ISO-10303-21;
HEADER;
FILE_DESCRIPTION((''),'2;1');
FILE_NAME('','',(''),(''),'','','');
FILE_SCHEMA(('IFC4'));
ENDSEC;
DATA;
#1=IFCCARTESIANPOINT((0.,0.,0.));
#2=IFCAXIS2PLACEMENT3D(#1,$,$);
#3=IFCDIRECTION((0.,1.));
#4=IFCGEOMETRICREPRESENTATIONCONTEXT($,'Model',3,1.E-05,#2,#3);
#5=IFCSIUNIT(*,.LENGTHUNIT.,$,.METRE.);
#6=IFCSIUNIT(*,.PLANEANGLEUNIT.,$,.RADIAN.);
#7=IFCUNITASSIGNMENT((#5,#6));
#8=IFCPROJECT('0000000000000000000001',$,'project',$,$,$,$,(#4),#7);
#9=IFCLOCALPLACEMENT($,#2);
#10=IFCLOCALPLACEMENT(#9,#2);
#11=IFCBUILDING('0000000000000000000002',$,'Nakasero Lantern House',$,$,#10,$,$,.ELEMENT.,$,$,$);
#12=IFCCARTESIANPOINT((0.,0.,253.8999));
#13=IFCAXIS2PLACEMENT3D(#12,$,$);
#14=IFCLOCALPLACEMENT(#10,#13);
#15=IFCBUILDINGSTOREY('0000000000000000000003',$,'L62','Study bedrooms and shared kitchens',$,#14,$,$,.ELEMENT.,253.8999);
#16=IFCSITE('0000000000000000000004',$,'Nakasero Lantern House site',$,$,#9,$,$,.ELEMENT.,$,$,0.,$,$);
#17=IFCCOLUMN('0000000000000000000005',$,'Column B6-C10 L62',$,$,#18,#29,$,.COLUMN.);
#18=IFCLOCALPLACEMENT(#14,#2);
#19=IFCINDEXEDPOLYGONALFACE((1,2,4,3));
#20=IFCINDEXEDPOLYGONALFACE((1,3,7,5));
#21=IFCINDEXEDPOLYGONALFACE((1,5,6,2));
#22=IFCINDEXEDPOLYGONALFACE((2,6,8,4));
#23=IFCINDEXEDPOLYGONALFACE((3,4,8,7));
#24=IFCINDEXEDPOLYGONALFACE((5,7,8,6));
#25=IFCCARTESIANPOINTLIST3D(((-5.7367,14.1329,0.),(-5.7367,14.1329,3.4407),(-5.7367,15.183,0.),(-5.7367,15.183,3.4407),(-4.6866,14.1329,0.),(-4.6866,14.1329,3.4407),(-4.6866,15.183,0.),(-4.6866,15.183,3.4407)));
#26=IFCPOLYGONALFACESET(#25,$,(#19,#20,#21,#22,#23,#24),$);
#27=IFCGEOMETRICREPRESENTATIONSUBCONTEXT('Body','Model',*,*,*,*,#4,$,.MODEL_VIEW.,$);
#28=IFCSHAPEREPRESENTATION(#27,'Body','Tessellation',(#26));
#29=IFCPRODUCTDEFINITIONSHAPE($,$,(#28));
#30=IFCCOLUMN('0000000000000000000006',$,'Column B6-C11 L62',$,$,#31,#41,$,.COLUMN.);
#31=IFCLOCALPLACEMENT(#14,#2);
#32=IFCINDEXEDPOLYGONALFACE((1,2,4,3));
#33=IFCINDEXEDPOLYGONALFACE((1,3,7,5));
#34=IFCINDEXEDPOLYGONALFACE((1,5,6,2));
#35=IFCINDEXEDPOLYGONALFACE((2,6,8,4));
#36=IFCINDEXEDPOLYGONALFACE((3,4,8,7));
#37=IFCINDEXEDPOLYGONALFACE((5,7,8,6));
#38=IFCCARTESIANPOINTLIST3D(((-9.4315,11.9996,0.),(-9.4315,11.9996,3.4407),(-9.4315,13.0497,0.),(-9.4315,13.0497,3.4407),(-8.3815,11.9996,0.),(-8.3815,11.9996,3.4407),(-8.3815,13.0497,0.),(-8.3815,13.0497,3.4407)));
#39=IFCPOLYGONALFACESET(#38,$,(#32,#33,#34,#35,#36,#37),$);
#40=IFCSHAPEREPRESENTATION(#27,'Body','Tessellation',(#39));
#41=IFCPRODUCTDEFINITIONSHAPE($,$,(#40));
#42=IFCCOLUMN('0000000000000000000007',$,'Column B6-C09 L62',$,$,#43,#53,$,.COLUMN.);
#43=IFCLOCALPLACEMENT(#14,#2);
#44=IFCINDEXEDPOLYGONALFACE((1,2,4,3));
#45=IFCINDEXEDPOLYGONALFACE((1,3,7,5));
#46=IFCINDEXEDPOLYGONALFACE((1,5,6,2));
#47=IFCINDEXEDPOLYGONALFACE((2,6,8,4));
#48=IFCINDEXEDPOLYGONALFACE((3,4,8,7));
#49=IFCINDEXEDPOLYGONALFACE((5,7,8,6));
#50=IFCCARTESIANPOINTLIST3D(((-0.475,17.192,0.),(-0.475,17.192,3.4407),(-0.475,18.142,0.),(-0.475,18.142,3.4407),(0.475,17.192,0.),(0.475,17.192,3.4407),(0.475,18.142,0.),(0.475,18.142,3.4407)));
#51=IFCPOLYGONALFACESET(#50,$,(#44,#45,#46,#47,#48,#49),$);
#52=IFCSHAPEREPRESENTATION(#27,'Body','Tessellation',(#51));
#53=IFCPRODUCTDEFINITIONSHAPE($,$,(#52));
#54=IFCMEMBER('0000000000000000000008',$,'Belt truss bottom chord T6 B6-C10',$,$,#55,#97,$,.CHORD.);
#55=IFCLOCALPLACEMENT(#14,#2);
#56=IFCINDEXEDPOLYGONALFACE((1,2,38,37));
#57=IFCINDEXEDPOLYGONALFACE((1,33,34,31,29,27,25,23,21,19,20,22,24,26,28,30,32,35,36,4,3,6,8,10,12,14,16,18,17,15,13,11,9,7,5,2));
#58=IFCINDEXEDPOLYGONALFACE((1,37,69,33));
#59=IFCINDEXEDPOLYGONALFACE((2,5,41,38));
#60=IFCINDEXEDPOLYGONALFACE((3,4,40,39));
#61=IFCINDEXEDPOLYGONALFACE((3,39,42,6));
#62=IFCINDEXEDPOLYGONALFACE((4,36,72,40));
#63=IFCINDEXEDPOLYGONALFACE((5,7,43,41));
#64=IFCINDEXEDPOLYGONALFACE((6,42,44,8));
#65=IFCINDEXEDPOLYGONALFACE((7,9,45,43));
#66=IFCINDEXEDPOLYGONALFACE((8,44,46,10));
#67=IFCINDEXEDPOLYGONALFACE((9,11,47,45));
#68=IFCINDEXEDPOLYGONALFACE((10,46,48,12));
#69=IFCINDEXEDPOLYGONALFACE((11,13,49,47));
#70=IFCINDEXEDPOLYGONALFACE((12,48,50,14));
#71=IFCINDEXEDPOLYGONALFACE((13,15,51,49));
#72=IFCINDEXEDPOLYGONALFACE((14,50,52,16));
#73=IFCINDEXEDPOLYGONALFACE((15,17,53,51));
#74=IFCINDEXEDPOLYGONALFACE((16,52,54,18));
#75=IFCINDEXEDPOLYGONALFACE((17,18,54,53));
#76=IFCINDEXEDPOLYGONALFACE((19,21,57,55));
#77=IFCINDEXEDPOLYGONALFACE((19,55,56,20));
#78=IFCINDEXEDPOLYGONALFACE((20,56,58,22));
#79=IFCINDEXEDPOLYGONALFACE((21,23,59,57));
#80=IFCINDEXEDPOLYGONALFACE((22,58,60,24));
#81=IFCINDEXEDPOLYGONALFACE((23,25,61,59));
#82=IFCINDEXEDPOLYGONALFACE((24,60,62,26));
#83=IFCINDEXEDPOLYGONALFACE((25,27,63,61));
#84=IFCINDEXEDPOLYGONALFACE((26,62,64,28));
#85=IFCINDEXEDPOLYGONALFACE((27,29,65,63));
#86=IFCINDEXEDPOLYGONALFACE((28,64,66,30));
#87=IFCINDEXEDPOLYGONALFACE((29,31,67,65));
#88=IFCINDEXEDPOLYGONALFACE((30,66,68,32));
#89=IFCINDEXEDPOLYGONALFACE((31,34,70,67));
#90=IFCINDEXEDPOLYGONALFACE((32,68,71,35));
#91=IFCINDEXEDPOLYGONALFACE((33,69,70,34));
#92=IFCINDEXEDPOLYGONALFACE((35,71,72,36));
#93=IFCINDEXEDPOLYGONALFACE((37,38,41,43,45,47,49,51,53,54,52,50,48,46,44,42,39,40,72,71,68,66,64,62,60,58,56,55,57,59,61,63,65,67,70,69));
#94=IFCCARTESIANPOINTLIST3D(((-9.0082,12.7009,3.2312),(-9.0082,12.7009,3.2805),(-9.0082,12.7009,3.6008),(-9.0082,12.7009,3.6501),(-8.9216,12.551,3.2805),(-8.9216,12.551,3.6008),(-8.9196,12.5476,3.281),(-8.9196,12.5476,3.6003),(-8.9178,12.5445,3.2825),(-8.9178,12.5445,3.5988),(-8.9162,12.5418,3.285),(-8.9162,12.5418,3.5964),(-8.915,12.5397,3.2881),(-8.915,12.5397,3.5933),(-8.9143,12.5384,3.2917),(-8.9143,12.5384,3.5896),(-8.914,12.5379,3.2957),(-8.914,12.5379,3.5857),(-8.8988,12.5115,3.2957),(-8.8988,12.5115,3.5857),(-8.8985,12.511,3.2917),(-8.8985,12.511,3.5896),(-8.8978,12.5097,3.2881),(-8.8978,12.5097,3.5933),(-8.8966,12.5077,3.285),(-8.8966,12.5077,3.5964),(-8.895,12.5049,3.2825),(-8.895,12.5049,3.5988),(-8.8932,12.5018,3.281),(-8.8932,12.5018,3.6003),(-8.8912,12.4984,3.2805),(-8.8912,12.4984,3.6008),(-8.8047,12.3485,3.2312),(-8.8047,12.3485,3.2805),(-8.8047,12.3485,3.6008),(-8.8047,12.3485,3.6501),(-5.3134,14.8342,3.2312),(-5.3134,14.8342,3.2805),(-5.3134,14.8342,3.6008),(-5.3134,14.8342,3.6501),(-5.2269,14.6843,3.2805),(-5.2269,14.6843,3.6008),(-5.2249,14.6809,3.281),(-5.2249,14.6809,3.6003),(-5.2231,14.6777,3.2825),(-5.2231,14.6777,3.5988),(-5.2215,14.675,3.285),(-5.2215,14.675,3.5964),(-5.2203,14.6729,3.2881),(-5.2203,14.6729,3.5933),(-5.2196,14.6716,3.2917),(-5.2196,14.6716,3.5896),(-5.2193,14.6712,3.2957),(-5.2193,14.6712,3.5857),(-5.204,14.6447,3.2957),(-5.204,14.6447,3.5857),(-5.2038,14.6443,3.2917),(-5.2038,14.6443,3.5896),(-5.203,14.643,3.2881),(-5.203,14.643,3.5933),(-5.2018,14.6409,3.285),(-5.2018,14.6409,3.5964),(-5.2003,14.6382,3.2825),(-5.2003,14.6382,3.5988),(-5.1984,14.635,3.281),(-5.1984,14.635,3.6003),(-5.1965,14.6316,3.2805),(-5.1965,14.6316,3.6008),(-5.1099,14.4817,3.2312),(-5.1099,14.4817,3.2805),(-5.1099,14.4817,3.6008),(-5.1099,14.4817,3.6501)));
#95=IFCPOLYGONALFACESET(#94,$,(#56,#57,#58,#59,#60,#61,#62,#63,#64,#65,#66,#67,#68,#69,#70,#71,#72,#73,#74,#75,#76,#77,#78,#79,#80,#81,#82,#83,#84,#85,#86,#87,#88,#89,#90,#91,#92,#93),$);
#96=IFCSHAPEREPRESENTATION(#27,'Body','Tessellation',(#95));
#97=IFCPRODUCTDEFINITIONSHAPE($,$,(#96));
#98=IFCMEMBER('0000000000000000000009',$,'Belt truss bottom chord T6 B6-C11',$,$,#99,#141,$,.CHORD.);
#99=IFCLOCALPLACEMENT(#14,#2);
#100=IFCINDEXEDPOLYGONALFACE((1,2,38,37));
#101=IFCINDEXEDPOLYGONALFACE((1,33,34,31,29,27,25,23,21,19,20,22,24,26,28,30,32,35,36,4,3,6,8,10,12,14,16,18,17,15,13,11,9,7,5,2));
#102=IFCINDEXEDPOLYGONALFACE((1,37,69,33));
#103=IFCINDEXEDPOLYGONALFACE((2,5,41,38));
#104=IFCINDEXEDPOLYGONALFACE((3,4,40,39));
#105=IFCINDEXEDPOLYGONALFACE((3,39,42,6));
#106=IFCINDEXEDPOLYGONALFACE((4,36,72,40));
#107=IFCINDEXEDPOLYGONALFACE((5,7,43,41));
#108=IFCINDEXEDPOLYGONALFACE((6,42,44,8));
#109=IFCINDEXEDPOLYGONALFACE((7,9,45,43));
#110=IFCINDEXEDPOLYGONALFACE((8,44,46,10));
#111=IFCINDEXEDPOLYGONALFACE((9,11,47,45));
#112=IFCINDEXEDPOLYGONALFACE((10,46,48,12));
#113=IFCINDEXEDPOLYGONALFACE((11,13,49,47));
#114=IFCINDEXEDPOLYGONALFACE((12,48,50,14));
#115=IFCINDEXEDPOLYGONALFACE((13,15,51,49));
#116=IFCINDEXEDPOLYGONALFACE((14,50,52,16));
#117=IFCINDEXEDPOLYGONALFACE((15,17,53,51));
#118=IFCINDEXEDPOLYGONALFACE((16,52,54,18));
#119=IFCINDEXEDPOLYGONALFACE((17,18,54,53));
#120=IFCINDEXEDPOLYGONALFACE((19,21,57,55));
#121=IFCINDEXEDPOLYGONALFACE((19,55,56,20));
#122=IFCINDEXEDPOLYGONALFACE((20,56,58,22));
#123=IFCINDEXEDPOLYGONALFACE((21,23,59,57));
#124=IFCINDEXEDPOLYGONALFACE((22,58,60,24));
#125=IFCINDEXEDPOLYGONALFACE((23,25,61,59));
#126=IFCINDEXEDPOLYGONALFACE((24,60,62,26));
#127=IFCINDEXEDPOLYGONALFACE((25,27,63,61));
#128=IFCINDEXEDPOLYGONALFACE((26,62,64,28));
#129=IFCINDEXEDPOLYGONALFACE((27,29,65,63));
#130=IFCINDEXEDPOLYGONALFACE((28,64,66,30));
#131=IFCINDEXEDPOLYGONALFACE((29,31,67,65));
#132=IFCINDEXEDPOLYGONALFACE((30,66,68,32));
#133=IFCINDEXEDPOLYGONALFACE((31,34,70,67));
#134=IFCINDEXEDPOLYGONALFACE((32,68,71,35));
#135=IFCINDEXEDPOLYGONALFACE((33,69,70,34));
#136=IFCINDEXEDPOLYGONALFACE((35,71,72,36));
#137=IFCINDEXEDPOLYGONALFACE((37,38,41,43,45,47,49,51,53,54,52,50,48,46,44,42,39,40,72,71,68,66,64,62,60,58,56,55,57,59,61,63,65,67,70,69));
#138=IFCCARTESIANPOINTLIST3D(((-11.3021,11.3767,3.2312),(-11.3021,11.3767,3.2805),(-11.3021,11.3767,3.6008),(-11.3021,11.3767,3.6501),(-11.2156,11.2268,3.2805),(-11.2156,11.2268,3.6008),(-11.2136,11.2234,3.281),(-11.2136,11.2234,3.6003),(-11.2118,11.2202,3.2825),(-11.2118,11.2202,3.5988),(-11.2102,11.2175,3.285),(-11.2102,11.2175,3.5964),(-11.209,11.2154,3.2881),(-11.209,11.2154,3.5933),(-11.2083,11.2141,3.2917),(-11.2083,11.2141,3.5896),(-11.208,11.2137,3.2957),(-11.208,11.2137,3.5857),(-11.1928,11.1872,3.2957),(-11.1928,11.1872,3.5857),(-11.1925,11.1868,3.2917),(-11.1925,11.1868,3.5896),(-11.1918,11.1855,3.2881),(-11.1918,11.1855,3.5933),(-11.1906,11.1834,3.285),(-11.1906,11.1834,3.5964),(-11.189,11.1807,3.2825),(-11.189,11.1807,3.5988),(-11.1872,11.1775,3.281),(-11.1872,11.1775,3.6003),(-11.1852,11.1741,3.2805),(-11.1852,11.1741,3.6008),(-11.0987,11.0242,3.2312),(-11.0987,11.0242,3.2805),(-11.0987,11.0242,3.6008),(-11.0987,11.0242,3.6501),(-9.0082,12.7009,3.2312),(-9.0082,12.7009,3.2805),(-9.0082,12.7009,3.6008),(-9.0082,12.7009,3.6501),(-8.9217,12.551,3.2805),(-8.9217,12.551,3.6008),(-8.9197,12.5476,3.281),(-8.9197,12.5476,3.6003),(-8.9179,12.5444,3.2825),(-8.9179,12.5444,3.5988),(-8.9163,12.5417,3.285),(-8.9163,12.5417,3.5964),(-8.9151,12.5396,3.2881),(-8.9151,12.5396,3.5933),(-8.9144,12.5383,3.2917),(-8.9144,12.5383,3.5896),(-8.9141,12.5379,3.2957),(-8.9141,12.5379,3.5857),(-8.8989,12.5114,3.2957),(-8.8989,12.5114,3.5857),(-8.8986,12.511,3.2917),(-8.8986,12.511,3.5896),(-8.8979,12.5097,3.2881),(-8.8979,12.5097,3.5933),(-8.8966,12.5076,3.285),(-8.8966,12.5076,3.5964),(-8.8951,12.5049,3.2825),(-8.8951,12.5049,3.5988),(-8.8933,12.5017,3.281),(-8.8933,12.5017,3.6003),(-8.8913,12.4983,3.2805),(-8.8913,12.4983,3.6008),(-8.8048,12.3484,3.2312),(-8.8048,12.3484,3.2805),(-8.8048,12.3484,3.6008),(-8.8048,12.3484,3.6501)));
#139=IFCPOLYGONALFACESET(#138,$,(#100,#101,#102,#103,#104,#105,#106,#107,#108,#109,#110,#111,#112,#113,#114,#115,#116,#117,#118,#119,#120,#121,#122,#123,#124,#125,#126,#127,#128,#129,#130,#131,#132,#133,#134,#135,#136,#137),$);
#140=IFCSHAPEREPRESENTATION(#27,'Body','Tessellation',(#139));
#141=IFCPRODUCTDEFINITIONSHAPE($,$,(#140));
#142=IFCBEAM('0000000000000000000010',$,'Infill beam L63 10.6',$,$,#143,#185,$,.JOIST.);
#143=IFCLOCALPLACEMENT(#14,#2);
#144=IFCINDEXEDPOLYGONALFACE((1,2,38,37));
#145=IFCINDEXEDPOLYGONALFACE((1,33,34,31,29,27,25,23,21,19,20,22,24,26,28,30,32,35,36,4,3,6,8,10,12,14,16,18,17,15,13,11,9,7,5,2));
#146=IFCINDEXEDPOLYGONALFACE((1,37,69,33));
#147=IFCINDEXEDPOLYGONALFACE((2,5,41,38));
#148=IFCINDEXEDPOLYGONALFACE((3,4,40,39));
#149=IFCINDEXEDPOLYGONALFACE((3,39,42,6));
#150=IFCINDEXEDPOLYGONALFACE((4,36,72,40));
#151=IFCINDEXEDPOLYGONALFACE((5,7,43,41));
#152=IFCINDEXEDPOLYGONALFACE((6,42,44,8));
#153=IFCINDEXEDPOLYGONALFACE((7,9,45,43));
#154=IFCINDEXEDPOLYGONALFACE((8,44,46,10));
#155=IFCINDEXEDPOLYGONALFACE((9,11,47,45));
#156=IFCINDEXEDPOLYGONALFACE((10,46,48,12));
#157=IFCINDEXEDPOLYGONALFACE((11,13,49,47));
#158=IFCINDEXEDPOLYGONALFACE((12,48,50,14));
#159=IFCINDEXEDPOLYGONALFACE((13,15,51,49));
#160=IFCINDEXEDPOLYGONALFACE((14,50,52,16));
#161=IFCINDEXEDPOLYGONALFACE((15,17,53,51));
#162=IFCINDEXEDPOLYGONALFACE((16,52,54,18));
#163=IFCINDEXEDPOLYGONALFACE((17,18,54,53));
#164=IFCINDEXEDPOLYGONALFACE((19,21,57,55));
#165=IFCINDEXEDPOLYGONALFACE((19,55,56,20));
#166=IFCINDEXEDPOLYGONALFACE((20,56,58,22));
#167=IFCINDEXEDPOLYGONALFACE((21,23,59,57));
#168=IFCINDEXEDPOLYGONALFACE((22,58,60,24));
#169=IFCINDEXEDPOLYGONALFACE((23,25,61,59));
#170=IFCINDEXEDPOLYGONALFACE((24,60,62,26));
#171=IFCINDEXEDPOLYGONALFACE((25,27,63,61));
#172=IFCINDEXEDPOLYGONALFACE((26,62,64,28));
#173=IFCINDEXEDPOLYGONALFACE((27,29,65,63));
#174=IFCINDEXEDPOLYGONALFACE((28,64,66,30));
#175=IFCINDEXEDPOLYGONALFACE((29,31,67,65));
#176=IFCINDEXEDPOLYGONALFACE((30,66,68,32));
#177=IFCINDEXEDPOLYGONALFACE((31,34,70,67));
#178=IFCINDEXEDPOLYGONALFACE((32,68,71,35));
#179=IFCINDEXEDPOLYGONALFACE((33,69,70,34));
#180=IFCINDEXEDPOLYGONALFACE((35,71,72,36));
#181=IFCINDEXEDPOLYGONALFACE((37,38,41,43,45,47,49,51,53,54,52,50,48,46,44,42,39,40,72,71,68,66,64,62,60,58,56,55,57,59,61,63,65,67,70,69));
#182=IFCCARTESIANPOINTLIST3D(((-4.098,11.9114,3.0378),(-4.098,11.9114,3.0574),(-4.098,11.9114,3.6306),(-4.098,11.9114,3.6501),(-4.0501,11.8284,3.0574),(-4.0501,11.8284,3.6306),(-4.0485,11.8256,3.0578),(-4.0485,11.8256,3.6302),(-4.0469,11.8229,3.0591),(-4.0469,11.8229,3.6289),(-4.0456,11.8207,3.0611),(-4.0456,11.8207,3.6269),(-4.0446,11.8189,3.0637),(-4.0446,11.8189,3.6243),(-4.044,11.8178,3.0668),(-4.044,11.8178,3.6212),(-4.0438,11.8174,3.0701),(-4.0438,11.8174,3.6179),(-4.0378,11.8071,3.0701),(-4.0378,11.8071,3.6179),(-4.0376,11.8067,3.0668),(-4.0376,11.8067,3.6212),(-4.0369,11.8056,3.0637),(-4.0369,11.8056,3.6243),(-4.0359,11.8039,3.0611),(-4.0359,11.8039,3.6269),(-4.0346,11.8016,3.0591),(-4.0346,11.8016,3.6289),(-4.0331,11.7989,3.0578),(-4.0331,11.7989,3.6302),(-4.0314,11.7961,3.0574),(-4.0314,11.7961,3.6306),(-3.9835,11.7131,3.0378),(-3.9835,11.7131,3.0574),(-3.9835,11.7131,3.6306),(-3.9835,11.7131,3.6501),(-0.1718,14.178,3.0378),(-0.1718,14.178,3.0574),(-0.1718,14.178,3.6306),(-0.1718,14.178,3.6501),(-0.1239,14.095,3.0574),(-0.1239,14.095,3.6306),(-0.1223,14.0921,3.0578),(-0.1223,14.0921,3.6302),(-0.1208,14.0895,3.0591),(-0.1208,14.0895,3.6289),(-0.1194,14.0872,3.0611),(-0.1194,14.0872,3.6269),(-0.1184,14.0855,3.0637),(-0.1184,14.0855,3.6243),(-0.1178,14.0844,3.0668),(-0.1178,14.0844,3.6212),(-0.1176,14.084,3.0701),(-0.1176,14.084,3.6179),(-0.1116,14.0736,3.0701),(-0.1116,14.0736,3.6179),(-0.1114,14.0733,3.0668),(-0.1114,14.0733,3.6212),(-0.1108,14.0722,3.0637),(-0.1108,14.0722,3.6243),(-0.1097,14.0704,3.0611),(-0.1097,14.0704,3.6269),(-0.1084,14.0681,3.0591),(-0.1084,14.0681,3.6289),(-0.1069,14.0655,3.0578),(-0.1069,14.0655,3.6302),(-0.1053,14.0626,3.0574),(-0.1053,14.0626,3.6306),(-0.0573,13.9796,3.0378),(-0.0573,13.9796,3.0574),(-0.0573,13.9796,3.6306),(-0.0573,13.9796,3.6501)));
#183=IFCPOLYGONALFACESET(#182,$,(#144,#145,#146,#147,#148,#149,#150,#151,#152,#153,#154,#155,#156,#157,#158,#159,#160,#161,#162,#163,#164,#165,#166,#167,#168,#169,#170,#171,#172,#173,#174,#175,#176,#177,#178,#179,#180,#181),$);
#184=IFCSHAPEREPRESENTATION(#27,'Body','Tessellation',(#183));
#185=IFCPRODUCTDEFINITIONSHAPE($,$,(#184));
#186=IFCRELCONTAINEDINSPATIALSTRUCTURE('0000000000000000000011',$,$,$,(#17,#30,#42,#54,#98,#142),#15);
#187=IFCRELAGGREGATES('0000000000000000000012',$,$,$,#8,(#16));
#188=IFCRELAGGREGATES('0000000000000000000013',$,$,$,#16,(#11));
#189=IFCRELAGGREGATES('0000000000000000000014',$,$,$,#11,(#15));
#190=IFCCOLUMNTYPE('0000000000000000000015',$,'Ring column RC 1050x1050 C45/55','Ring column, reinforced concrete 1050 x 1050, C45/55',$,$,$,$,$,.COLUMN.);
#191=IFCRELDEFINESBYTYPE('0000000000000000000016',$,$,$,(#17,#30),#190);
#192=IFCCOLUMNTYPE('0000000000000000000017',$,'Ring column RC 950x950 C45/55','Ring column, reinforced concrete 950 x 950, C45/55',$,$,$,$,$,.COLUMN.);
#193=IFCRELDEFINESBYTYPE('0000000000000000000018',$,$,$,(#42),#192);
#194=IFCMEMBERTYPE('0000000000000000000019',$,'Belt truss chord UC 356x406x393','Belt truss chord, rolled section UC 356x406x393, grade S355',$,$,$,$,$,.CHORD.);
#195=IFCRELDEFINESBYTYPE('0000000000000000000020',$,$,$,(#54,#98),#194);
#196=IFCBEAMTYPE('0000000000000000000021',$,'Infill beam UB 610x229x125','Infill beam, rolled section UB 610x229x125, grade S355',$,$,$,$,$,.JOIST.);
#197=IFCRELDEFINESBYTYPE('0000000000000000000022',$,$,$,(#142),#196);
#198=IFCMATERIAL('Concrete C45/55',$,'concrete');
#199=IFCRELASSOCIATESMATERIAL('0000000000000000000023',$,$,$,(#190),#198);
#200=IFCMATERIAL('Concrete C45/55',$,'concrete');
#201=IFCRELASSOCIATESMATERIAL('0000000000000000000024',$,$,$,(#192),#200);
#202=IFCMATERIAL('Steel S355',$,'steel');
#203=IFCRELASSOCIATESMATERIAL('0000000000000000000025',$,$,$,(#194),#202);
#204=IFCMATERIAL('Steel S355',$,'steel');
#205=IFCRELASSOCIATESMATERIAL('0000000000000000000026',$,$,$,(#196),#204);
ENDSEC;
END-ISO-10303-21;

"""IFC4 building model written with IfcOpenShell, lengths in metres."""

from ifc_helpers import new_model, si_unit, direction, frame, origin, origin_2d, place, context, subcontext, project, spatial, rectangle, i_section, extrude, material, material_profile, profile_set, type_object, element, save


model = new_model("IFC4")

# Units and contexts
model_context = context("Model", 3, precision=1e-05, world=origin(), true_north=direction((0.0, 1.0)))
body_context = subcontext(model_context, "Body", "Model", "MODEL_VIEW")
ifc_project = project(units=[si_unit("LENGTHUNIT", "METRE"), si_unit("PLANEANGLEUNIT", "RADIAN")], contexts=[model_context])

# Site, building, storey
site_placement = place(None, origin())
site = spatial("IfcSite", under=ifc_project, at=site_placement, Name="Nakasero Lantern House site", CompositionType="ELEMENT", RefElevation=0.0)
building_placement = place(site_placement, origin())
building = spatial("IfcBuilding", under=site, at=building_placement, Name="Nakasero Lantern House", CompositionType="ELEMENT")
storey_placement = place(building_placement, frame((0.0, 0.0, 253.8999)))
storey = spatial("IfcBuildingStorey", under=building, at=storey_placement, Name="L62", Description="Study bedrooms and shared kitchens", CompositionType="ELEMENT", Elevation=253.8999)

# Columns
ifc_material_1 = material(Name="Concrete C45/55", Category="concrete")
ifc_material_profile_1 = material_profile(ifc_material_1, rectangle(XDim=1.05, YDim=1.05, at=origin_2d()), Name="RC 1050x1050")
ifc_profile_set_1 = profile_set([ifc_material_profile_1], Name="Concrete C45/55")
column_type_1 = type_object("IfcColumnType", Name="Ring column RC 1050x1050 C45/55", Description="Ring column, reinforced concrete 1050 x 1050, C45/55", PredefinedType="COLUMN", material=ifc_profile_set_1)
for number, where, z_axis, x_axis, name in (
    (1, (-5.2117, 14.658, 0.0), (0.0, 0.0, 1.0), (1.0, 0.0, 0.0), "Column B6-C10 L62"),
    (2, (-8.9065, 12.5247, 0.0), (0.0, 0.0, 1.0), (1.0, 0.0, 0.0), "Column B6-C11 L62"),
):
    element("IfcColumn", number, at=place(storey_placement, frame(where, z_axis=z_axis, x_axis=x_axis)), inside=storey, type_object=column_type_1, Name=name, PredefinedType="COLUMN", context=body_context, shape_type="SweptSolid", body=[
        extrude(rectangle(XDim=1.05, YDim=1.05, at=origin_2d()), origin(), (0.0, 0.0, 1.0), 3.4407),
    ])
ifc_material_2 = material(Name="Concrete C45/55", Category="concrete")
ifc_material_profile_2 = material_profile(ifc_material_2, rectangle(XDim=0.95, YDim=0.95, at=origin_2d()), Name="RC 950x950")
ifc_profile_set_2 = profile_set([ifc_material_profile_2], Name="Concrete C45/55")
column_type_2 = type_object("IfcColumnType", Name="Ring column RC 950x950 C45/55", Description="Ring column, reinforced concrete 950 x 950, C45/55", PredefinedType="COLUMN", material=ifc_profile_set_2)
column_placement = place(storey_placement, frame((0.0, 17.667, 0.0), z_axis=(0.0, 0.0, 1.0), x_axis=(1.0, 0.0, 0.0)))
element("IfcColumn", 3, at=column_placement, inside=storey, type_object=column_type_2, Name="Column B6-C09 L62", PredefinedType="COLUMN", context=body_context, shape_type="SweptSolid", body=[
    extrude(rectangle(XDim=0.95, YDim=0.95, at=origin_2d()), origin(), (0.0, 0.0, 1.0), 3.4407),
])

# Members
ifc_material_3 = material(Name="Steel S355", Category="steel")
ifc_material_profile_3 = material_profile(ifc_material_3, i_section(OverallWidth=0.407, OverallDepth=0.4189, WebThickness=0.0305, FlangeThickness=0.0493, FilletRadius=0.0151, at=origin_2d()), Name="UC 356x406x393")
ifc_profile_set_3 = profile_set([ifc_material_profile_3], Name="Steel S355")
member_type = type_object("IfcMemberType", Name="Belt truss chord UC 356x406x393", Description="Belt truss chord, rolled section UC 356x406x393, grade S355", PredefinedType="CHORD", material=ifc_profile_set_3)
member_1_placement = place(storey_placement, frame((-5.2117, 14.658, 3.4407), z_axis=(-0.866016, -0.500016, 0.0), x_axis=(0.500016, -0.866016, 0.0)))
element("IfcMember", 4, at=member_1_placement, inside=storey, type_object=member_type, Name="Belt truss bottom chord T6 B6-C10", PredefinedType="CHORD", context=body_context, shape_type="SweptSolid", body=[
    extrude(i_section(OverallWidth=0.407, OverallDepth=0.4189, WebThickness=0.0305, FlangeThickness=0.0493, FilletRadius=0.0151, at=origin_2d()), origin(), (0.0, 0.0, 1.0), 4.2664),
])
member_2_placement = place(storey_placement, frame((-8.9065, 12.5247, 3.4407), z_axis=(-0.866057, -0.499946, 0.0), x_axis=(0.499946, -0.866057, 0.0)))
element("IfcMember", 5, at=member_2_placement, inside=storey, type_object=member_type, Name="Belt truss bottom chord T6 B6-C11", PredefinedType="CHORD", context=body_context, shape_type="SweptSolid", body=[
    extrude(i_section(OverallWidth=0.407, OverallDepth=0.4189, WebThickness=0.0305, FlangeThickness=0.0493, FilletRadius=0.0151, at=origin_2d()), origin(), (0.0, 0.0, 1.0), 2.6487),
])

# Beam
ifc_material_4 = material(Name="Steel S355", Category="steel")
ifc_material_profile_4 = material_profile(ifc_material_4, i_section(OverallWidth=0.229, OverallDepth=0.6123, WebThickness=0.012, FlangeThickness=0.0195, FilletRadius=0.0127, at=origin_2d()), Name="UB 610x229x125")
ifc_profile_set_4 = profile_set([ifc_material_profile_4], Name="Steel S355")
beam_type_1 = type_object("IfcBeamType", Name="Infill beam UB 610x229x125", Description="Infill beam, rolled section UB 610x229x125, grade S355", PredefinedType="JOIST", material=ifc_profile_set_4)
beam_1_placement = place(storey_placement, frame((-4.0408, 11.8123, 3.344), z_axis=(0.866047, 0.499962, 0.0), x_axis=(-0.499962, 0.866047, 0.0)))
element("IfcBeam", 6, at=beam_1_placement, inside=storey, type_object=beam_type_1, Name="Infill beam L63 10.6", PredefinedType="JOIST", context=body_context, shape_type="SweptSolid", body=[
    extrude(i_section(OverallWidth=0.229, OverallDepth=0.6123, WebThickness=0.012, FlangeThickness=0.0195, FilletRadius=0.0127, at=origin_2d()), origin(), (0.0, 0.0, 1.0), 4.5334),
])

save(model, "model.ifc")
